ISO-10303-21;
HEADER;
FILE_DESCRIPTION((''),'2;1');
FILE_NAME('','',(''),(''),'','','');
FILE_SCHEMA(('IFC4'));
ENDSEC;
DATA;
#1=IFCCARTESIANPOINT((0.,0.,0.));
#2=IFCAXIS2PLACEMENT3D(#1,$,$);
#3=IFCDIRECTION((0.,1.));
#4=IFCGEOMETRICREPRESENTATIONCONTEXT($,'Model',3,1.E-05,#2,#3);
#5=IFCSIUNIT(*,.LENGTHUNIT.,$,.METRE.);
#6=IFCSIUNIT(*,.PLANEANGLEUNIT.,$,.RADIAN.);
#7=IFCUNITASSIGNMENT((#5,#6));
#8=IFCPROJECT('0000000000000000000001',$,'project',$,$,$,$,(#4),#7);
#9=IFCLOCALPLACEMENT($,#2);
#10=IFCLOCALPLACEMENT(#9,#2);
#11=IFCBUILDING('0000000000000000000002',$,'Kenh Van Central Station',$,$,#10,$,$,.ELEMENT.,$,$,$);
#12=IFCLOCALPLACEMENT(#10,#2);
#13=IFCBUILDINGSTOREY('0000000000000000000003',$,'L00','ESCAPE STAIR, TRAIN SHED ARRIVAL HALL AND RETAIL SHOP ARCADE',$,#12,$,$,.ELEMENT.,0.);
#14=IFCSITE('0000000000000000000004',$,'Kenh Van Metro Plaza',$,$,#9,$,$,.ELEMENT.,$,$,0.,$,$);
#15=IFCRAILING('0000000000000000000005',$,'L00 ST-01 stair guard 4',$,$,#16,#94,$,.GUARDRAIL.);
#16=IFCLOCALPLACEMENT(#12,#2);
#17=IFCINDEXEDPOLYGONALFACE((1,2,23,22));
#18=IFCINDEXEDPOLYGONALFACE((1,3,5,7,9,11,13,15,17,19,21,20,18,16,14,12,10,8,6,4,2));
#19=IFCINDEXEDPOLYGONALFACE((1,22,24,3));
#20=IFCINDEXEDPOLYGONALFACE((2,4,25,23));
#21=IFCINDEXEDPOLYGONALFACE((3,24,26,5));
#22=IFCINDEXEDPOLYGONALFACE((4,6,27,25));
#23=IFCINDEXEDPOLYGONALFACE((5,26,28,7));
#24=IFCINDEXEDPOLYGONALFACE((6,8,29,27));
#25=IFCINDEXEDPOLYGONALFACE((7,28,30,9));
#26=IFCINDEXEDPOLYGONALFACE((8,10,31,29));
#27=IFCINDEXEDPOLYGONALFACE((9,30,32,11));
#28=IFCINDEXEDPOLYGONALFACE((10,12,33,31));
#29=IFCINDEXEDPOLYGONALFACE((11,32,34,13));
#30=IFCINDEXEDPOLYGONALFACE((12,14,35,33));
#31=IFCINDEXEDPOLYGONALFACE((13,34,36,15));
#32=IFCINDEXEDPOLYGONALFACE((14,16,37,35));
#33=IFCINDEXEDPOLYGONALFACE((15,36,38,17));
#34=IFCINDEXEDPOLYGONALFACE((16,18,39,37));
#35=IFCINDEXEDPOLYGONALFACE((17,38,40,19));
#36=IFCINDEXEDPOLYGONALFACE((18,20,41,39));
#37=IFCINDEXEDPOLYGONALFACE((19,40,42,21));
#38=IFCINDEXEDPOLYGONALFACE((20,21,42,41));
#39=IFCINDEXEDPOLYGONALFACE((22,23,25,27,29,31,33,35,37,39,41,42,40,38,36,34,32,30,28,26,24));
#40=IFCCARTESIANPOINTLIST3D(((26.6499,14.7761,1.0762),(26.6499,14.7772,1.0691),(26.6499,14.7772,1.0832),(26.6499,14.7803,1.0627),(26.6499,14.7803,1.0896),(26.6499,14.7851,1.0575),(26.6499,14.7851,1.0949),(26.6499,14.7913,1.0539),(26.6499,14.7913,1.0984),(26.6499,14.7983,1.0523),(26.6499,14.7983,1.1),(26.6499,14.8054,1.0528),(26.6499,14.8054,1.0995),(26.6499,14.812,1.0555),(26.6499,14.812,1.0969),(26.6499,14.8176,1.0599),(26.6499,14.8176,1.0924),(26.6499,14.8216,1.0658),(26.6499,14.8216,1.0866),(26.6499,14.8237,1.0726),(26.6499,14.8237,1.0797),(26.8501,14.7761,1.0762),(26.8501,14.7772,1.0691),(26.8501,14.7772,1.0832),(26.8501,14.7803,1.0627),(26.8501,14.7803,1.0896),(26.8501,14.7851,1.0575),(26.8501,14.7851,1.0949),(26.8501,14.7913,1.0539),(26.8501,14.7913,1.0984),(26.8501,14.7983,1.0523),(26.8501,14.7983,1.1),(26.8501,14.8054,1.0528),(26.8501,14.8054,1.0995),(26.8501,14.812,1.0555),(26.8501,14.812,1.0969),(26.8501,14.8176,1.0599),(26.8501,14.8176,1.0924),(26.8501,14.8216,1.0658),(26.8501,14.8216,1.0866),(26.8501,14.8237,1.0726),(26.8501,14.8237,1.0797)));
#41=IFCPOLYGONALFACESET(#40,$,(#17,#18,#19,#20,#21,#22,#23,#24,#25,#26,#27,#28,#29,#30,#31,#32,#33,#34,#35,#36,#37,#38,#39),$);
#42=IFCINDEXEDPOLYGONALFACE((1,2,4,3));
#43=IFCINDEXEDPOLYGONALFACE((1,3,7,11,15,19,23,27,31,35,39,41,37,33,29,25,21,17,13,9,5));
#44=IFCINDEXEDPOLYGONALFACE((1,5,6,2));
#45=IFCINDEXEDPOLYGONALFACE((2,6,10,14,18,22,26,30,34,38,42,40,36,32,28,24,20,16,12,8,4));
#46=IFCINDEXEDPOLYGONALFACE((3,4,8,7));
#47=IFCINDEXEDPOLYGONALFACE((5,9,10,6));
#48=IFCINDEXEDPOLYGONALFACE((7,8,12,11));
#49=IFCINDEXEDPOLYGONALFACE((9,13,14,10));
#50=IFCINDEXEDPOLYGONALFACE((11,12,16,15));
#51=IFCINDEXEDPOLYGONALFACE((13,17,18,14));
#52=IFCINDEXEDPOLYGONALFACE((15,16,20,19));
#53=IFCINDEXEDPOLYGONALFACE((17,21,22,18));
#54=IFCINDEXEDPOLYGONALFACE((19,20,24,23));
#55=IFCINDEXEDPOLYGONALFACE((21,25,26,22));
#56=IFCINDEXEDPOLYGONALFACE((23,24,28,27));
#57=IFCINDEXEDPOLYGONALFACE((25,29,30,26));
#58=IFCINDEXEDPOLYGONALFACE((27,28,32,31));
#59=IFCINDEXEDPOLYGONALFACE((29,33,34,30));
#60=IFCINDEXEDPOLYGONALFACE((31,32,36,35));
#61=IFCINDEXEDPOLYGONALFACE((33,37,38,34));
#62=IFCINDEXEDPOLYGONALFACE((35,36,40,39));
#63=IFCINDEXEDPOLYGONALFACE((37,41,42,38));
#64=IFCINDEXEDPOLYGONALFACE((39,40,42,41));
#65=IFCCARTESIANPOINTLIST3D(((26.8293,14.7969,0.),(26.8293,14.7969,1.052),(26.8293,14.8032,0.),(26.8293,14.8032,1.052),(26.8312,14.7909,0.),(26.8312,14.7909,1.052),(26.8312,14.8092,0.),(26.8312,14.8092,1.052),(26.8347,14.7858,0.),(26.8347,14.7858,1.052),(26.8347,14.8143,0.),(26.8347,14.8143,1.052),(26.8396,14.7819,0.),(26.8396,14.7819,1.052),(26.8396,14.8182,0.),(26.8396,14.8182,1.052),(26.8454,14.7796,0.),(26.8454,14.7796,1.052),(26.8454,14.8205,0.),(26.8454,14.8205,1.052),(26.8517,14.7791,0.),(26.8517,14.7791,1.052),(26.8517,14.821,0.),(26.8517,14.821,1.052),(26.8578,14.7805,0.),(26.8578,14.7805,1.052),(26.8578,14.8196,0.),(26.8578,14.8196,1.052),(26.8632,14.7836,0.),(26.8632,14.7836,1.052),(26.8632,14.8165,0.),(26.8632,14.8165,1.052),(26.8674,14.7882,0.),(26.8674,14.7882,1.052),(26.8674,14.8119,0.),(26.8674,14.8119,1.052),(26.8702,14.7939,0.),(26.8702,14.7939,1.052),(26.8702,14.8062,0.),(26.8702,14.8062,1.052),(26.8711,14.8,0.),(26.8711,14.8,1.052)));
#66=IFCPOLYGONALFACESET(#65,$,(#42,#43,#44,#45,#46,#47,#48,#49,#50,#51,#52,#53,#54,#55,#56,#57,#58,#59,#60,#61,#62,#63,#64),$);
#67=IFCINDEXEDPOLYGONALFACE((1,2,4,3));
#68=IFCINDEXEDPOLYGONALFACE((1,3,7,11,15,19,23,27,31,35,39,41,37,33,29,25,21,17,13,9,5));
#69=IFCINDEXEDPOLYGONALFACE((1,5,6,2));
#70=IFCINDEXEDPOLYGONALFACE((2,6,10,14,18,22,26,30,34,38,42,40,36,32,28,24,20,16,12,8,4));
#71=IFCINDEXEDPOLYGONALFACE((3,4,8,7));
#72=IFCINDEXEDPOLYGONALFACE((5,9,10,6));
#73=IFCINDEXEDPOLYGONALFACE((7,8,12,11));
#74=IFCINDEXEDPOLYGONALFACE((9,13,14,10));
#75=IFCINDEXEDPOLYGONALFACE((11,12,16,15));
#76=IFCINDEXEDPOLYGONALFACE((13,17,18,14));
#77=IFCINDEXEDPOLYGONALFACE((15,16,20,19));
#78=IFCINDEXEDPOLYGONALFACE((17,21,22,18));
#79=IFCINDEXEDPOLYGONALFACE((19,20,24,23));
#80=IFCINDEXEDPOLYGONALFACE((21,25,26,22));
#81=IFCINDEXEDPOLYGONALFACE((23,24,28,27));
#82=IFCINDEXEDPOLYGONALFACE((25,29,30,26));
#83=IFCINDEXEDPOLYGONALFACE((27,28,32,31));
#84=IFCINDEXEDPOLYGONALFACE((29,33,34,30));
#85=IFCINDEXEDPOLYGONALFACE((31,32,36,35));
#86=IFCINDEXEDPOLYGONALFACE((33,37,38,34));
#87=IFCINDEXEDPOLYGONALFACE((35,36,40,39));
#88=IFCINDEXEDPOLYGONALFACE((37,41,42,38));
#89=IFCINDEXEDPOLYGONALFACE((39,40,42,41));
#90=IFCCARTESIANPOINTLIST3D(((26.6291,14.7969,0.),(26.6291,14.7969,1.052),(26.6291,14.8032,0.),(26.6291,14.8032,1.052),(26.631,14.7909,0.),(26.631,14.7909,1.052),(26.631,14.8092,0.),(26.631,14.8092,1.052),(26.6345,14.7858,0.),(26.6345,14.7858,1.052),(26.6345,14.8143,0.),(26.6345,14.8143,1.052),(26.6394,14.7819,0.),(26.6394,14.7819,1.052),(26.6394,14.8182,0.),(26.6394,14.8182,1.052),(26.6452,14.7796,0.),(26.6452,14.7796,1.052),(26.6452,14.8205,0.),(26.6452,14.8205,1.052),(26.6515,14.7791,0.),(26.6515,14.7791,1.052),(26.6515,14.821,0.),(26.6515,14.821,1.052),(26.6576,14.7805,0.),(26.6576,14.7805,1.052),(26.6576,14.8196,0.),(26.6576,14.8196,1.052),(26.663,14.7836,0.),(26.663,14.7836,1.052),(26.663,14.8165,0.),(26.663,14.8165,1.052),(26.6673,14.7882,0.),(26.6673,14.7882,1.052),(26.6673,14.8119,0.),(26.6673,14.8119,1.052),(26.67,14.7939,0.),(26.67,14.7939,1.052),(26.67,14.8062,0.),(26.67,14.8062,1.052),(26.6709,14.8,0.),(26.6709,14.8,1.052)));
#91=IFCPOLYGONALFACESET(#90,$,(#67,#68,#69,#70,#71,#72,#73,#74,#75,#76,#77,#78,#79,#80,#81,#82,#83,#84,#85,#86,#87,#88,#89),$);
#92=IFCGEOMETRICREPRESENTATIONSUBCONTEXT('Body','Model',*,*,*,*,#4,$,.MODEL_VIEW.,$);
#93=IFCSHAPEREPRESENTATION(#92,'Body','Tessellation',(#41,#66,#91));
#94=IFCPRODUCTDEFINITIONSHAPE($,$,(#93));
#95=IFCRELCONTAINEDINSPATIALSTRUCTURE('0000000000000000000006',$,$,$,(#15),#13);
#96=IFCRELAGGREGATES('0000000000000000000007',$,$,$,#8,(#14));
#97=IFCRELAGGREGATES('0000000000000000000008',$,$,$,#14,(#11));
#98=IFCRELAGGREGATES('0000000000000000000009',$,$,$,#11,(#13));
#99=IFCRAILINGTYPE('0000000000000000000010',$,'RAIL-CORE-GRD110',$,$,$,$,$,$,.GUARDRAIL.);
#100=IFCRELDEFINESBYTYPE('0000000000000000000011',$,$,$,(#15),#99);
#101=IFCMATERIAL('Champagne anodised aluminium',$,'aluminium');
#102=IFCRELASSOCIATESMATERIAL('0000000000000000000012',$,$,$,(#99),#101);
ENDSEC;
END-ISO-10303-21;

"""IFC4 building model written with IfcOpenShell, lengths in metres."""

from ifc_helpers import new_model, si_unit, direction, frame, origin, origin_2d, place, context, subcontext, project, spatial, circle, extrude, material, type_object, element, save


model = new_model("IFC4")

# Units and contexts
model_context = context("Model", 3, precision=1e-05, world=origin(), true_north=direction((0.0, 1.0)))
body_context = subcontext(model_context, "Body", "Model", "MODEL_VIEW")
ifc_project = project(units=[si_unit("LENGTHUNIT", "METRE"), si_unit("PLANEANGLEUNIT", "RADIAN")], contexts=[model_context])

# Site, building, storey
site_placement = place(None, origin())
site = spatial("IfcSite", under=ifc_project, at=site_placement, Name="Kenh Van Metro Plaza", CompositionType="ELEMENT", RefElevation=0.0)
building_placement = place(site_placement, origin())
building = spatial("IfcBuilding", under=site, at=building_placement, Name="Kenh Van Central Station", CompositionType="ELEMENT")
storey_placement = place(building_placement, origin())
storey = spatial("IfcBuildingStorey", under=building, at=storey_placement, Name="L00", Description="ESCAPE STAIR, TRAIN SHED ARRIVAL HALL AND RETAIL SHOP ARCADE", CompositionType="ELEMENT", Elevation=0.0)

# Shared definitions
ifc_material_1 = material(Name="Champagne anodised aluminium", Category="aluminium")

# Railing
railing_type_1 = type_object("IfcRailingType", Name="RAIL-CORE-GRD110", PredefinedType="GUARDRAIL", material=ifc_material_1)
railing_1_placement = place(storey_placement, frame((26.8501, 14.8, 0.0)))
element("IfcRailing", 1, at=railing_1_placement, inside=storey, type_object=railing_type_1, Name="L00 ST-01 stair guard 4", PredefinedType="GUARDRAIL", context=body_context, shape_type="SweptSolid", body=[
    extrude(circle(Radius=0.0239, at=origin_2d()), frame((0.0, 0.0, 1.0762), z_axis=(-1.0, 0.0, 0.0), x_axis=(0.0, -1.0, 0.0)), (0.0, 0.0, 1.0), 0.2002),
    extrude(circle(Radius=0.021, at=origin_2d()), origin(), (0.0, 0.0, 1.0), 1.052),
    extrude(circle(Radius=0.021, at=origin_2d()), frame((-0.2002, 0.0, 0.0)), (0.0, 0.0, 1.0), 1.052),
])

save(model, "model.ifc")
